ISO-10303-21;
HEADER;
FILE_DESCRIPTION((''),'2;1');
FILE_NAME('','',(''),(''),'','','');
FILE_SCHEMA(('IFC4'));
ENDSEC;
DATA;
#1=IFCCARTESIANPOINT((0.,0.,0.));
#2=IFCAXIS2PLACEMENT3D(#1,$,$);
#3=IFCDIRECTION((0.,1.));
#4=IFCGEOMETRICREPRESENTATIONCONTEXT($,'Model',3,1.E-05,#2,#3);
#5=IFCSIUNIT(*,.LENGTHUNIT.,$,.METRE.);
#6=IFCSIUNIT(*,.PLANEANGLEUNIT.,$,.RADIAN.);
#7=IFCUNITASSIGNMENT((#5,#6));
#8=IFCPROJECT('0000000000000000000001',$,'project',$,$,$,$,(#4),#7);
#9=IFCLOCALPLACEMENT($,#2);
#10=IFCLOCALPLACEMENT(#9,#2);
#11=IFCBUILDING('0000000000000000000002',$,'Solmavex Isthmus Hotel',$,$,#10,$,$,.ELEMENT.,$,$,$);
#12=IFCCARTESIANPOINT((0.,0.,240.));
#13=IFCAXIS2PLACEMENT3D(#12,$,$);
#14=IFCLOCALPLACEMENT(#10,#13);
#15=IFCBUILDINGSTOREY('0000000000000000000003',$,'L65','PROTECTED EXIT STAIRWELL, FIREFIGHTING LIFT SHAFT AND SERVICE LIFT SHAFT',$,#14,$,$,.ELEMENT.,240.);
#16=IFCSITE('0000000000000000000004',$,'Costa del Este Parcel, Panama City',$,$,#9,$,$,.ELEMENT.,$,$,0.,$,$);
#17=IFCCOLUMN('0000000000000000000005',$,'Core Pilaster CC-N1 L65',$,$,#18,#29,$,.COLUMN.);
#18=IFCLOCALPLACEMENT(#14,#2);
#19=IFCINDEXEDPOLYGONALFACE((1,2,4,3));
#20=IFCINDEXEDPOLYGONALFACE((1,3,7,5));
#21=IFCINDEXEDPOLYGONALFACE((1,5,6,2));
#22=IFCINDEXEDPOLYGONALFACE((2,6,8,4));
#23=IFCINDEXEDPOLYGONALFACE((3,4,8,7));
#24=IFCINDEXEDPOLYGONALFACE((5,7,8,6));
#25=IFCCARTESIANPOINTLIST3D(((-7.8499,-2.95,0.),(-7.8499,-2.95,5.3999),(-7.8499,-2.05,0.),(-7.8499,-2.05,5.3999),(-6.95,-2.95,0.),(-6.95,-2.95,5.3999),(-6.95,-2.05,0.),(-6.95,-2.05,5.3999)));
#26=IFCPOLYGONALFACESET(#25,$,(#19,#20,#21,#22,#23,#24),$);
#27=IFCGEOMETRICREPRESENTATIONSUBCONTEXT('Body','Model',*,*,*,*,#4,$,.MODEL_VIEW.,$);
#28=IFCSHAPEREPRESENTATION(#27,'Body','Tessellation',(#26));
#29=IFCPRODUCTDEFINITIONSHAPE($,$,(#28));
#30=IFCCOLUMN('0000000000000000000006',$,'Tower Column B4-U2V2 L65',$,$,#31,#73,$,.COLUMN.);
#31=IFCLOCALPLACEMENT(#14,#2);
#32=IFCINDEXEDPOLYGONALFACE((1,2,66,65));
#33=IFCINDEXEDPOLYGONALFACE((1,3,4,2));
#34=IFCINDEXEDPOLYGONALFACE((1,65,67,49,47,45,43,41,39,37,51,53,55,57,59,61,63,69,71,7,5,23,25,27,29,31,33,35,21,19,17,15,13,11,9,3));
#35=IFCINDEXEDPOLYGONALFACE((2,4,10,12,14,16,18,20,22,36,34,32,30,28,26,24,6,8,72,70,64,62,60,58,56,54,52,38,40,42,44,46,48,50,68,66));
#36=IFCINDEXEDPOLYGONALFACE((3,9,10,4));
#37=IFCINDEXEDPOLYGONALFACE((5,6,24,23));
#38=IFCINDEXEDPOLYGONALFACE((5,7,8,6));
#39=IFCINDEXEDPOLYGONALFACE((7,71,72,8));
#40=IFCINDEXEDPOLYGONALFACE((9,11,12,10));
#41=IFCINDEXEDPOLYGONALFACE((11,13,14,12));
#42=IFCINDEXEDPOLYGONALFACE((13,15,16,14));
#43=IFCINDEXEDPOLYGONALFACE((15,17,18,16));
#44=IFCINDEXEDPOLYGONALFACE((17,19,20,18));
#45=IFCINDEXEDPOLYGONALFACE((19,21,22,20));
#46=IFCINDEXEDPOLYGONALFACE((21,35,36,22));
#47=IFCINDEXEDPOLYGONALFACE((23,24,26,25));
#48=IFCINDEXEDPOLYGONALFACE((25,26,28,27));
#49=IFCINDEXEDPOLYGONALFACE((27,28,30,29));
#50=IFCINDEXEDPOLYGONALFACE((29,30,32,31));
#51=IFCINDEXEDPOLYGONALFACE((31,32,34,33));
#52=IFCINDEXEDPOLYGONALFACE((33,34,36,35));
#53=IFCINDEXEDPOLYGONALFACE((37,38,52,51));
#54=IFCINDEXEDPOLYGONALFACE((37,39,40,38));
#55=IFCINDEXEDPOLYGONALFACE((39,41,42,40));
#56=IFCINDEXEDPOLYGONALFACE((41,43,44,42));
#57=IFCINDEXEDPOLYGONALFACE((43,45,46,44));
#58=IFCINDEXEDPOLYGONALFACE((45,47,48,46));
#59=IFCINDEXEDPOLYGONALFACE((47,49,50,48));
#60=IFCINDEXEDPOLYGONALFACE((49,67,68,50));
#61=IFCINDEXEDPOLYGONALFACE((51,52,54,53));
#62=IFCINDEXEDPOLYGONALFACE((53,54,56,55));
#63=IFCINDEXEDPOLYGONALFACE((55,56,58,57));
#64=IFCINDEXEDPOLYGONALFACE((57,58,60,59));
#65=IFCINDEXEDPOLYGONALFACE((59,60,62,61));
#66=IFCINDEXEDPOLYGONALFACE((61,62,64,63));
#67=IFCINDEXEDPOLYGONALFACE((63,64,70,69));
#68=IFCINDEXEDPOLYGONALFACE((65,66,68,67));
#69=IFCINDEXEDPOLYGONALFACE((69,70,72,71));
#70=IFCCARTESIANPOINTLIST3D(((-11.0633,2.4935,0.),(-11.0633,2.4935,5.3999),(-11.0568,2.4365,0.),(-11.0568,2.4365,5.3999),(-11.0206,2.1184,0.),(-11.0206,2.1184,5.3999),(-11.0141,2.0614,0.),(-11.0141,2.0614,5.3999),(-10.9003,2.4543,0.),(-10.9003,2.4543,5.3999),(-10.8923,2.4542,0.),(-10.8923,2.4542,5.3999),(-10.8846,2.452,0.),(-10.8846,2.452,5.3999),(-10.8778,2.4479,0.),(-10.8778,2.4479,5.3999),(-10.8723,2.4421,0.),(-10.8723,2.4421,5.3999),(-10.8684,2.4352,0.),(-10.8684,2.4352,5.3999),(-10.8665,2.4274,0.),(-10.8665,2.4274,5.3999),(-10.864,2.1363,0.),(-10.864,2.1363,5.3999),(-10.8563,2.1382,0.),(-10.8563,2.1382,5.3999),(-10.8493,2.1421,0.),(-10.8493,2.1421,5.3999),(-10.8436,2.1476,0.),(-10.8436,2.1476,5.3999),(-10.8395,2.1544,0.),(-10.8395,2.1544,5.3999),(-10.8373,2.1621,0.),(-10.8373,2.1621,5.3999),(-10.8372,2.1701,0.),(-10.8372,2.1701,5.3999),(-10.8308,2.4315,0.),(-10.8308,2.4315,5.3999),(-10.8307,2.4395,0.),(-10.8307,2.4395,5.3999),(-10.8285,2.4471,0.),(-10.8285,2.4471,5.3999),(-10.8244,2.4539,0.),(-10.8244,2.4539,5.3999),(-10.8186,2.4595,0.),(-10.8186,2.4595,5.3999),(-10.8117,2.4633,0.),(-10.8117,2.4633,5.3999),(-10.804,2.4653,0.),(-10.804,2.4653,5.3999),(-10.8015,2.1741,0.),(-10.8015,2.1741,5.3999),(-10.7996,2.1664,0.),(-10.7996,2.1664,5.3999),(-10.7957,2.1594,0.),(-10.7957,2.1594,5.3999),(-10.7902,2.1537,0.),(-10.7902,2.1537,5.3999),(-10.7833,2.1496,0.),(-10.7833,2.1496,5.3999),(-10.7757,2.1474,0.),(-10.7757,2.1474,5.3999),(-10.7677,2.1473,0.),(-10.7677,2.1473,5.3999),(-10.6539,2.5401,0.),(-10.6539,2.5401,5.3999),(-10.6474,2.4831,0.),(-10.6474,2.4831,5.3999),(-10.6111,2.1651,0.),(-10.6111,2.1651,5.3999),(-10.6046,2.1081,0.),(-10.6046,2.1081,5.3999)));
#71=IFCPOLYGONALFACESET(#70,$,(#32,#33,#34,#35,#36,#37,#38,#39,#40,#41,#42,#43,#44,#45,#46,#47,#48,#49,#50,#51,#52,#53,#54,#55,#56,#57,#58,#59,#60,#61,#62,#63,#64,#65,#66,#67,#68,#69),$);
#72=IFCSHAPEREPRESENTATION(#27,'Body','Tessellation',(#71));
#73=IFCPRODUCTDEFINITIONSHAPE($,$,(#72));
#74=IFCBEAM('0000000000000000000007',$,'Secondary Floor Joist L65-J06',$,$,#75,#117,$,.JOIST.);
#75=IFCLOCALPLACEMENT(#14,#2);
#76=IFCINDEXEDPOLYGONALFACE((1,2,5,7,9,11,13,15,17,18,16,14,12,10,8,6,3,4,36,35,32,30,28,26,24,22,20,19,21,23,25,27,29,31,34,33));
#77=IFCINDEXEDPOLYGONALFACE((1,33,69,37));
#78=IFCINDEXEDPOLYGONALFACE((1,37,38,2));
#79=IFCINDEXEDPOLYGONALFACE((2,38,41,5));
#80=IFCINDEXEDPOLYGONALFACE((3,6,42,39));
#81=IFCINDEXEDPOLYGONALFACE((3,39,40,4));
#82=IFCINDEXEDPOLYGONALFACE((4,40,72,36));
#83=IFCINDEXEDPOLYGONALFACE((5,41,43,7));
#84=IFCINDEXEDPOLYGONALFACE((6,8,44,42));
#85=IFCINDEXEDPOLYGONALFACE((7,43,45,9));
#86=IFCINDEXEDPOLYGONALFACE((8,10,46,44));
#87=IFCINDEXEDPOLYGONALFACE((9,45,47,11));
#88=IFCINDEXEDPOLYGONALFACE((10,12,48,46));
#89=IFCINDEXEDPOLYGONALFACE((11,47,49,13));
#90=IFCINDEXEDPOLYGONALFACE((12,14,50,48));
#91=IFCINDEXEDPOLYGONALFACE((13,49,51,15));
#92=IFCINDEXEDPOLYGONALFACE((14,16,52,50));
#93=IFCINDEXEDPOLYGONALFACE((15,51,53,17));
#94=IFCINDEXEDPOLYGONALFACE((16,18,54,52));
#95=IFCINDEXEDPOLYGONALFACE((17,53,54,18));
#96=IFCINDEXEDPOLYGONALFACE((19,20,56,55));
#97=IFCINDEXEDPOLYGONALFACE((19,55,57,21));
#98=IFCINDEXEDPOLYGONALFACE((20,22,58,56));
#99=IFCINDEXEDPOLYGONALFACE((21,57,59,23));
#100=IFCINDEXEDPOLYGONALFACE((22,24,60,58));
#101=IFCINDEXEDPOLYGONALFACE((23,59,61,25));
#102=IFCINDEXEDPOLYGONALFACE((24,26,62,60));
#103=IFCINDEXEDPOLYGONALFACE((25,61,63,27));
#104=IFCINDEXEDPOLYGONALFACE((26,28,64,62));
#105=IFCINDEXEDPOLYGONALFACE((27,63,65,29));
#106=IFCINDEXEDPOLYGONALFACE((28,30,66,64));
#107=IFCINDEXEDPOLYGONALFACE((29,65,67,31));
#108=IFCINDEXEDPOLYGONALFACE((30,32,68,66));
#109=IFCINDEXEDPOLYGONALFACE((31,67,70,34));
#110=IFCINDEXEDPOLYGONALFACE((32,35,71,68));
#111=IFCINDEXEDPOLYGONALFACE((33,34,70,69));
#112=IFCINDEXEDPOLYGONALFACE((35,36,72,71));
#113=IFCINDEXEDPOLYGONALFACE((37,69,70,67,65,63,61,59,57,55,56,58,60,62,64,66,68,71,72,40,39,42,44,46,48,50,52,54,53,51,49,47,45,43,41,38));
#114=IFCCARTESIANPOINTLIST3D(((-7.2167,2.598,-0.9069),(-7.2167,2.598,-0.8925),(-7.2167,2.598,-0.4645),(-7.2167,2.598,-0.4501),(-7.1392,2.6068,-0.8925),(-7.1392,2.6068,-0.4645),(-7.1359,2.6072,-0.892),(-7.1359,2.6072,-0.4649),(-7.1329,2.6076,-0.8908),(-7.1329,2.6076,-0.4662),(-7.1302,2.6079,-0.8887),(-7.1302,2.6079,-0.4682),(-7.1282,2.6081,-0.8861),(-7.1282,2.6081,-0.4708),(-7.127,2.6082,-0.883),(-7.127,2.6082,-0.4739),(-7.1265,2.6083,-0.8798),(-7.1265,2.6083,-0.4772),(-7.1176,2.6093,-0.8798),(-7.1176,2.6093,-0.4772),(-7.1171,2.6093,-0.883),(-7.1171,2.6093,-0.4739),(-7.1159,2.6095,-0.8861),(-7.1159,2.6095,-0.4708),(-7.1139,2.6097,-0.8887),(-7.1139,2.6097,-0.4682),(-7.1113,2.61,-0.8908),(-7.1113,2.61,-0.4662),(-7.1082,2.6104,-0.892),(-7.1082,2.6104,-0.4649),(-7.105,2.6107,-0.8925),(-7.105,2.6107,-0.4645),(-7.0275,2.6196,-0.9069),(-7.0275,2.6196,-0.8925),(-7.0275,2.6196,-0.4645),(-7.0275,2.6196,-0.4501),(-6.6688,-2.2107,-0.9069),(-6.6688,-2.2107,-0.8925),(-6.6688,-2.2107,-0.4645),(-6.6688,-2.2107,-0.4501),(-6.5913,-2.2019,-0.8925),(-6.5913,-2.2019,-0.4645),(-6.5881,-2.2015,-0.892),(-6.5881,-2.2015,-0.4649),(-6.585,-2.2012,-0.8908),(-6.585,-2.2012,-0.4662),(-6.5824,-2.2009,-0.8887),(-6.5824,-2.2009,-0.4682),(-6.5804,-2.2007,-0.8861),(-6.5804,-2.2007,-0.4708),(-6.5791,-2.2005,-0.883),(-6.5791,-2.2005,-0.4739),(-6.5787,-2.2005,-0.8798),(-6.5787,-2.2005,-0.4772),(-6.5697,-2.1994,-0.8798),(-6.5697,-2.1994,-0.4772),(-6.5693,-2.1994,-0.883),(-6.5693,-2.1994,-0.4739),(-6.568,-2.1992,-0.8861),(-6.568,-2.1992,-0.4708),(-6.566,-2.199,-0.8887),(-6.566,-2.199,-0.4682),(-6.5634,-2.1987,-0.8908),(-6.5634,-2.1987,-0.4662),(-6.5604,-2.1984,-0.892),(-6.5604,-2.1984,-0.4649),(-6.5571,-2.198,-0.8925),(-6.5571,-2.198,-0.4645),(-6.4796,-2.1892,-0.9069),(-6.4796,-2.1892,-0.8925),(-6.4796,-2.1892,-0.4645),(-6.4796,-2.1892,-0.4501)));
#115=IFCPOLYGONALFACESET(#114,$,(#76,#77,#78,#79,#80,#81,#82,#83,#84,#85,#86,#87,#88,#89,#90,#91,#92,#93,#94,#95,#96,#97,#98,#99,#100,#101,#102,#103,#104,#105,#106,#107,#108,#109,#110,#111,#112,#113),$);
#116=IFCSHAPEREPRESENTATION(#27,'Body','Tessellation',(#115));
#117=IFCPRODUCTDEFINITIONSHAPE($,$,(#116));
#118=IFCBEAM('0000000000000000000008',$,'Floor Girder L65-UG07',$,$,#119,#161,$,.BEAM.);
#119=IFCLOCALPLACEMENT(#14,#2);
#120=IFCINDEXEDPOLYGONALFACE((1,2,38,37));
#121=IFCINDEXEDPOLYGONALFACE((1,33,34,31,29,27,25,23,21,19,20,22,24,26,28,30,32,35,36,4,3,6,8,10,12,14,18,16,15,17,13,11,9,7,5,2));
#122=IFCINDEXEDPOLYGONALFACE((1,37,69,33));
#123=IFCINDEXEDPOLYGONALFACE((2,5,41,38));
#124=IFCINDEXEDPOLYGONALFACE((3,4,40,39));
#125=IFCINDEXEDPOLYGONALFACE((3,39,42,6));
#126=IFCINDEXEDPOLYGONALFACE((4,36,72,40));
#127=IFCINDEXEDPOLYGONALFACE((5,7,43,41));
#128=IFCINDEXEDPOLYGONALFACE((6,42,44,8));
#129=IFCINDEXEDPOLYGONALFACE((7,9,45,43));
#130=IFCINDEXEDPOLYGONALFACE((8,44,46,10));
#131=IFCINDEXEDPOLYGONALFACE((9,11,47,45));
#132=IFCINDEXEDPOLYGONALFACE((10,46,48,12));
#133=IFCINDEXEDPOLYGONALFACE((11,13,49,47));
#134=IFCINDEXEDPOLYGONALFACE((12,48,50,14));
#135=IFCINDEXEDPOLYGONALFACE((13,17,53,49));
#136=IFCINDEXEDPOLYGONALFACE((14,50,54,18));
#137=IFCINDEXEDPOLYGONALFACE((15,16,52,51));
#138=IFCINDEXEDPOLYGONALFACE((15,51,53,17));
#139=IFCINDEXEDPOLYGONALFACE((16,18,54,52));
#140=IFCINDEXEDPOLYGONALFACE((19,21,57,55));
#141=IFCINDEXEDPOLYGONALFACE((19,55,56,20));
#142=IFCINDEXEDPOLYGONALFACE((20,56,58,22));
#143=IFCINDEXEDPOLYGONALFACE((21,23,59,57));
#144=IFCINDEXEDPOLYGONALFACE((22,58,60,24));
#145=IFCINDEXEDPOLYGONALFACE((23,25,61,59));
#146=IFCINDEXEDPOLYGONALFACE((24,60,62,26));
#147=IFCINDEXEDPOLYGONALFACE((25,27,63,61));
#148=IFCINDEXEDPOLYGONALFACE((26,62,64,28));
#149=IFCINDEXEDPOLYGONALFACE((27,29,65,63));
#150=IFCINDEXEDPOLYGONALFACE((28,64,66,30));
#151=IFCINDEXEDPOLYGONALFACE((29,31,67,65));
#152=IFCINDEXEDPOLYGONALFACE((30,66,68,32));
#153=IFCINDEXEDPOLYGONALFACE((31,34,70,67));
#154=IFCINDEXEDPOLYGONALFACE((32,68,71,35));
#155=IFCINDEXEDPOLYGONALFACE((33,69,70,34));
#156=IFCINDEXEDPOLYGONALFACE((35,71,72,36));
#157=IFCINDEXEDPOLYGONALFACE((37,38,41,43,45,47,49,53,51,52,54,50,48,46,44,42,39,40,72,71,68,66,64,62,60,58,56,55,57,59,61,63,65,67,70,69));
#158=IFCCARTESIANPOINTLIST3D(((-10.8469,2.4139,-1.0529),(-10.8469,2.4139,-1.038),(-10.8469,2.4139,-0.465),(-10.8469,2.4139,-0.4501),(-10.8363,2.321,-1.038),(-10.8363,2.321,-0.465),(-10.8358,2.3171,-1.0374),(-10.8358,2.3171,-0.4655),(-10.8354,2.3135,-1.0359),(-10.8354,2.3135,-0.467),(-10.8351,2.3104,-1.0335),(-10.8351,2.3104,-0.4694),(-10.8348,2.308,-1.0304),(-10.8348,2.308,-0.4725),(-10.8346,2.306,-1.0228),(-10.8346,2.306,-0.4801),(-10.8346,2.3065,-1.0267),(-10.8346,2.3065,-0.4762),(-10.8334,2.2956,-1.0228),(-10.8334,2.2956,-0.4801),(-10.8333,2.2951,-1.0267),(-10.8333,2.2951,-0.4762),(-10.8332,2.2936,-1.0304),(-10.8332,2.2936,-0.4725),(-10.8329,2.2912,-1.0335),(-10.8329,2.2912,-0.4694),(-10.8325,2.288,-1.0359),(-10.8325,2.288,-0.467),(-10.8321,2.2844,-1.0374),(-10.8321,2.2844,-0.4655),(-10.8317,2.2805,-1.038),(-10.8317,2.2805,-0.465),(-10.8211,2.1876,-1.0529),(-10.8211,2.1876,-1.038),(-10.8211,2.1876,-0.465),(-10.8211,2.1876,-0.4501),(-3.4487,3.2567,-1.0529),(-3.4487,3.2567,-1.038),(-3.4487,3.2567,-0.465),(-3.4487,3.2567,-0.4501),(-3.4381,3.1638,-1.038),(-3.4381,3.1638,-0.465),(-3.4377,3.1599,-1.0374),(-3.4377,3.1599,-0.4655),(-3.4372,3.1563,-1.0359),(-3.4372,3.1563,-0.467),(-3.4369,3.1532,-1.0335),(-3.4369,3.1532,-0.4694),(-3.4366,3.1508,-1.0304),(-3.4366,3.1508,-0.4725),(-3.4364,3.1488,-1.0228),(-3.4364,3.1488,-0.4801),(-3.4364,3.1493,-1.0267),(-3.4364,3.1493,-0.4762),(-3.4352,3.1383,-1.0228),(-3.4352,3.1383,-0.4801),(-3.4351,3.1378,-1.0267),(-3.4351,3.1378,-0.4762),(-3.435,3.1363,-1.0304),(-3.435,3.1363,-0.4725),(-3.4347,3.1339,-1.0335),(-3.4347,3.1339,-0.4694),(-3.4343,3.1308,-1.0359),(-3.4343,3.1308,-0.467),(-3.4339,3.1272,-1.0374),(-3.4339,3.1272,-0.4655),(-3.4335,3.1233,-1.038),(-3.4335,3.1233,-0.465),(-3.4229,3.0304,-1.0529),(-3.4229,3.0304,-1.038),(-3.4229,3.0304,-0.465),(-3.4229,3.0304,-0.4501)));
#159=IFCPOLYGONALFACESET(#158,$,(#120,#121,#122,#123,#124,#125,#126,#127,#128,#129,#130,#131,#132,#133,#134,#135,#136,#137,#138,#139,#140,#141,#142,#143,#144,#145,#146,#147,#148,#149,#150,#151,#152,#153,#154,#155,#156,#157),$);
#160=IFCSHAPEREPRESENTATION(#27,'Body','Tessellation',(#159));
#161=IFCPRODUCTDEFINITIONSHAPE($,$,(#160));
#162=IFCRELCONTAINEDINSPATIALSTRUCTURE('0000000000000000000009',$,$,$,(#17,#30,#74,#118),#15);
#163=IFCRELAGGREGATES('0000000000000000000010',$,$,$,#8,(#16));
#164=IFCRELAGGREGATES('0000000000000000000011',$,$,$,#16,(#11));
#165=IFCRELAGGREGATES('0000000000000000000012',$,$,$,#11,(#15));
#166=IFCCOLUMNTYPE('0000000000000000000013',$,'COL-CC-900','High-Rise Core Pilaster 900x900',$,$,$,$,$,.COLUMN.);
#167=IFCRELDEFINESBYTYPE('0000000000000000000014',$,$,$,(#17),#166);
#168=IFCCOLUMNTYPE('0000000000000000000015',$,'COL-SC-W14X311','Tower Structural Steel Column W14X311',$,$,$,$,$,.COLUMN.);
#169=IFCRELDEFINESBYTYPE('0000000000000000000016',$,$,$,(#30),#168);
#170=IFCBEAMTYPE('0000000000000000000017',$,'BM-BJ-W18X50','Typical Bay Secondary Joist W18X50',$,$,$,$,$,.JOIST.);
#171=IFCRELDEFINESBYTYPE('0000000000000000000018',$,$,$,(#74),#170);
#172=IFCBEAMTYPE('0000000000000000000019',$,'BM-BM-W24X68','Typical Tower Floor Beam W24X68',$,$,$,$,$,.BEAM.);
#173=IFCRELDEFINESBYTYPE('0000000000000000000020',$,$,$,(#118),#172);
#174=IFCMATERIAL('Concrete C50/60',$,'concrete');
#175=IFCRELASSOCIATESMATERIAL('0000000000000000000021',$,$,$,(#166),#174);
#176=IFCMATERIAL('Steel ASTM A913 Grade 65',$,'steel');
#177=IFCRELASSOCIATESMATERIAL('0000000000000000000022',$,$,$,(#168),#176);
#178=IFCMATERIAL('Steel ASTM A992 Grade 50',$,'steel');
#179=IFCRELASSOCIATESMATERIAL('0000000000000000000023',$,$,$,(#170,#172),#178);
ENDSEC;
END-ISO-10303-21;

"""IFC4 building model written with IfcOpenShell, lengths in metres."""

from ifc_helpers import new_model, si_unit, direction, frame, origin, origin_2d, place, context, subcontext, project, spatial, rectangle, i_section, extrude, material, material_profile, profile_set, type_object, element, save


model = new_model("IFC4")

# Units and contexts
model_context = context("Model", 3, precision=1e-05, world=origin(), true_north=direction((0.0, 1.0)))
body_context = subcontext(model_context, "Body", "Model", "MODEL_VIEW")
ifc_project = project(units=[si_unit("LENGTHUNIT", "METRE"), si_unit("PLANEANGLEUNIT", "RADIAN")], contexts=[model_context])

# Site, building, storey
site_placement = place(None, origin())
site = spatial("IfcSite", under=ifc_project, at=site_placement, Name="Costa del Este Parcel, Panama City", CompositionType="ELEMENT", RefElevation=0.0)
building_placement = place(site_placement, origin())
building = spatial("IfcBuilding", under=site, at=building_placement, Name="Solmavex Isthmus Hotel", CompositionType="ELEMENT")
storey_placement = place(building_placement, frame((0.0, 0.0, 240.0)))
storey = spatial("IfcBuildingStorey", under=building, at=storey_placement, Name="L65", Description="PROTECTED EXIT STAIRWELL, FIREFIGHTING LIFT SHAFT AND SERVICE LIFT SHAFT", CompositionType="ELEMENT", Elevation=240.0)

# Columns
ifc_material_1 = material(Name="Concrete C50/60", Category="concrete")
ifc_material_profile_1 = material_profile(ifc_material_1, rectangle(XDim=0.8999, YDim=0.8999, at=origin_2d()), Name="RC900X900")
ifc_profile_set_1 = profile_set([ifc_material_profile_1], Name="Concrete C50/60")
column_type_1 = type_object("IfcColumnType", Name="COL-CC-900", Description="High-Rise Core Pilaster 900x900", PredefinedType="COLUMN", material=ifc_profile_set_1)
column_1_placement = place(storey_placement, frame((-7.3999, -2.5, 0.0), z_axis=(0.0, 0.0, 1.0), x_axis=(1.0, 0.0, 0.0)))
element("IfcColumn", 1, at=column_1_placement, inside=storey, type_object=column_type_1, Name="Core Pilaster CC-N1 L65", PredefinedType="COLUMN", context=body_context, shape_type="SweptSolid", body=[
    extrude(rectangle(XDim=0.8999, YDim=0.8999, at=origin_2d()), origin(), (0.0, 0.0, 1.0), 5.3999),
])
ifc_material_2 = material(Name="Steel ASTM A913 Grade 65", Category="steel")
ifc_material_profile_2 = material_profile(ifc_material_2, i_section(OverallWidth=0.4121, OverallDepth=0.4348, WebThickness=0.0359, FlangeThickness=0.0574, FilletRadius=0.0305, at=origin_2d()), Name="W14X311")
ifc_profile_set_2 = profile_set([ifc_material_profile_2], Name="Steel ASTM A913 Grade 65")
column_type_2 = type_object("IfcColumnType", Name="COL-SC-W14X311", Description="Tower Structural Steel Column W14X311", PredefinedType="COLUMN", material=ifc_profile_set_2)
column_2_placement = place(storey_placement, frame((-10.834, 2.3008, 0.0), z_axis=(0.0, 0.0, 1.0), x_axis=(0.993572, 0.113203, 0.0)))
element("IfcColumn", 2, at=column_2_placement, inside=storey, type_object=column_type_2, Name="Tower Column B4-U2V2 L65", PredefinedType="COLUMN", context=body_context, shape_type="SweptSolid", body=[
    extrude(i_section(OverallWidth=0.4121, OverallDepth=0.4348, WebThickness=0.0359, FlangeThickness=0.0574, FilletRadius=0.0305, at=origin_2d()), origin(), (0.0, 0.0, 1.0), 5.3999),
])

# Beams
ifc_material_3 = material(Name="Steel ASTM A992 Grade 50", Category="steel")
ifc_material_profile_3 = material_profile(ifc_material_3, i_section(OverallWidth=0.1904, OverallDepth=0.4568, WebThickness=0.009, FlangeThickness=0.0144, FilletRadius=0.0127, at=origin_2d()), Name="W18X50")
ifc_profile_set_3 = profile_set([ifc_material_profile_3], Name="Steel ASTM A992 Grade 50")
beam_type_1 = type_object("IfcBeamType", Name="BM-BJ-W18X50", Description="Typical Bay Secondary Joist W18X50", PredefinedType="JOIST", material=ifc_profile_set_3)
beam_1_placement = place(storey_placement, frame((-6.5742, -2.2, -0.6785), z_axis=(-0.113194, 0.993573, 0.0), x_axis=(-0.993573, -0.113194, 0.0)))
element("IfcBeam", 3, at=beam_1_placement, inside=storey, type_object=beam_type_1, Name="Secondary Floor Joist L65-J06", PredefinedType="JOIST", context=body_context, shape_type="SweptSolid", body=[
    extrude(i_section(OverallWidth=0.1904, OverallDepth=0.4568, WebThickness=0.009, FlangeThickness=0.0144, FilletRadius=0.0127, at=origin_2d()), origin(), (0.0, 0.0, 1.0), 4.8398),
])
ifc_material_profile_4 = material_profile(ifc_material_3, i_section(OverallWidth=0.2278, OverallDepth=0.6028, WebThickness=0.0105, FlangeThickness=0.0149, FilletRadius=0.0151, at=origin_2d()), Name="W24X68")
ifc_profile_set_4 = profile_set([ifc_material_profile_4], Name="Steel ASTM A992 Grade 50")
beam_type_2 = type_object("IfcBeamType", Name="BM-BM-W24X68", Description="Typical Tower Floor Beam W24X68", PredefinedType="BEAM", material=ifc_profile_set_4)
beam_2_placement = place(storey_placement, frame((-10.834, 2.3008, -0.7515), z_axis=(0.993574, 0.113184, 0.0), x_axis=(-0.113184, 0.993574, 0.0)))
element("IfcBeam", 4, at=beam_2_placement, inside=storey, type_object=beam_type_2, Name="Floor Girder L65-UG07", PredefinedType="BEAM", context=body_context, shape_type="SweptSolid", body=[
    extrude(i_section(OverallWidth=0.2278, OverallDepth=0.6028, WebThickness=0.0105, FlangeThickness=0.0149, FilletRadius=0.0151, at=origin_2d()), origin(), (0.0, 0.0, 1.0), 7.446),
])

save(model, "model.ifc")
